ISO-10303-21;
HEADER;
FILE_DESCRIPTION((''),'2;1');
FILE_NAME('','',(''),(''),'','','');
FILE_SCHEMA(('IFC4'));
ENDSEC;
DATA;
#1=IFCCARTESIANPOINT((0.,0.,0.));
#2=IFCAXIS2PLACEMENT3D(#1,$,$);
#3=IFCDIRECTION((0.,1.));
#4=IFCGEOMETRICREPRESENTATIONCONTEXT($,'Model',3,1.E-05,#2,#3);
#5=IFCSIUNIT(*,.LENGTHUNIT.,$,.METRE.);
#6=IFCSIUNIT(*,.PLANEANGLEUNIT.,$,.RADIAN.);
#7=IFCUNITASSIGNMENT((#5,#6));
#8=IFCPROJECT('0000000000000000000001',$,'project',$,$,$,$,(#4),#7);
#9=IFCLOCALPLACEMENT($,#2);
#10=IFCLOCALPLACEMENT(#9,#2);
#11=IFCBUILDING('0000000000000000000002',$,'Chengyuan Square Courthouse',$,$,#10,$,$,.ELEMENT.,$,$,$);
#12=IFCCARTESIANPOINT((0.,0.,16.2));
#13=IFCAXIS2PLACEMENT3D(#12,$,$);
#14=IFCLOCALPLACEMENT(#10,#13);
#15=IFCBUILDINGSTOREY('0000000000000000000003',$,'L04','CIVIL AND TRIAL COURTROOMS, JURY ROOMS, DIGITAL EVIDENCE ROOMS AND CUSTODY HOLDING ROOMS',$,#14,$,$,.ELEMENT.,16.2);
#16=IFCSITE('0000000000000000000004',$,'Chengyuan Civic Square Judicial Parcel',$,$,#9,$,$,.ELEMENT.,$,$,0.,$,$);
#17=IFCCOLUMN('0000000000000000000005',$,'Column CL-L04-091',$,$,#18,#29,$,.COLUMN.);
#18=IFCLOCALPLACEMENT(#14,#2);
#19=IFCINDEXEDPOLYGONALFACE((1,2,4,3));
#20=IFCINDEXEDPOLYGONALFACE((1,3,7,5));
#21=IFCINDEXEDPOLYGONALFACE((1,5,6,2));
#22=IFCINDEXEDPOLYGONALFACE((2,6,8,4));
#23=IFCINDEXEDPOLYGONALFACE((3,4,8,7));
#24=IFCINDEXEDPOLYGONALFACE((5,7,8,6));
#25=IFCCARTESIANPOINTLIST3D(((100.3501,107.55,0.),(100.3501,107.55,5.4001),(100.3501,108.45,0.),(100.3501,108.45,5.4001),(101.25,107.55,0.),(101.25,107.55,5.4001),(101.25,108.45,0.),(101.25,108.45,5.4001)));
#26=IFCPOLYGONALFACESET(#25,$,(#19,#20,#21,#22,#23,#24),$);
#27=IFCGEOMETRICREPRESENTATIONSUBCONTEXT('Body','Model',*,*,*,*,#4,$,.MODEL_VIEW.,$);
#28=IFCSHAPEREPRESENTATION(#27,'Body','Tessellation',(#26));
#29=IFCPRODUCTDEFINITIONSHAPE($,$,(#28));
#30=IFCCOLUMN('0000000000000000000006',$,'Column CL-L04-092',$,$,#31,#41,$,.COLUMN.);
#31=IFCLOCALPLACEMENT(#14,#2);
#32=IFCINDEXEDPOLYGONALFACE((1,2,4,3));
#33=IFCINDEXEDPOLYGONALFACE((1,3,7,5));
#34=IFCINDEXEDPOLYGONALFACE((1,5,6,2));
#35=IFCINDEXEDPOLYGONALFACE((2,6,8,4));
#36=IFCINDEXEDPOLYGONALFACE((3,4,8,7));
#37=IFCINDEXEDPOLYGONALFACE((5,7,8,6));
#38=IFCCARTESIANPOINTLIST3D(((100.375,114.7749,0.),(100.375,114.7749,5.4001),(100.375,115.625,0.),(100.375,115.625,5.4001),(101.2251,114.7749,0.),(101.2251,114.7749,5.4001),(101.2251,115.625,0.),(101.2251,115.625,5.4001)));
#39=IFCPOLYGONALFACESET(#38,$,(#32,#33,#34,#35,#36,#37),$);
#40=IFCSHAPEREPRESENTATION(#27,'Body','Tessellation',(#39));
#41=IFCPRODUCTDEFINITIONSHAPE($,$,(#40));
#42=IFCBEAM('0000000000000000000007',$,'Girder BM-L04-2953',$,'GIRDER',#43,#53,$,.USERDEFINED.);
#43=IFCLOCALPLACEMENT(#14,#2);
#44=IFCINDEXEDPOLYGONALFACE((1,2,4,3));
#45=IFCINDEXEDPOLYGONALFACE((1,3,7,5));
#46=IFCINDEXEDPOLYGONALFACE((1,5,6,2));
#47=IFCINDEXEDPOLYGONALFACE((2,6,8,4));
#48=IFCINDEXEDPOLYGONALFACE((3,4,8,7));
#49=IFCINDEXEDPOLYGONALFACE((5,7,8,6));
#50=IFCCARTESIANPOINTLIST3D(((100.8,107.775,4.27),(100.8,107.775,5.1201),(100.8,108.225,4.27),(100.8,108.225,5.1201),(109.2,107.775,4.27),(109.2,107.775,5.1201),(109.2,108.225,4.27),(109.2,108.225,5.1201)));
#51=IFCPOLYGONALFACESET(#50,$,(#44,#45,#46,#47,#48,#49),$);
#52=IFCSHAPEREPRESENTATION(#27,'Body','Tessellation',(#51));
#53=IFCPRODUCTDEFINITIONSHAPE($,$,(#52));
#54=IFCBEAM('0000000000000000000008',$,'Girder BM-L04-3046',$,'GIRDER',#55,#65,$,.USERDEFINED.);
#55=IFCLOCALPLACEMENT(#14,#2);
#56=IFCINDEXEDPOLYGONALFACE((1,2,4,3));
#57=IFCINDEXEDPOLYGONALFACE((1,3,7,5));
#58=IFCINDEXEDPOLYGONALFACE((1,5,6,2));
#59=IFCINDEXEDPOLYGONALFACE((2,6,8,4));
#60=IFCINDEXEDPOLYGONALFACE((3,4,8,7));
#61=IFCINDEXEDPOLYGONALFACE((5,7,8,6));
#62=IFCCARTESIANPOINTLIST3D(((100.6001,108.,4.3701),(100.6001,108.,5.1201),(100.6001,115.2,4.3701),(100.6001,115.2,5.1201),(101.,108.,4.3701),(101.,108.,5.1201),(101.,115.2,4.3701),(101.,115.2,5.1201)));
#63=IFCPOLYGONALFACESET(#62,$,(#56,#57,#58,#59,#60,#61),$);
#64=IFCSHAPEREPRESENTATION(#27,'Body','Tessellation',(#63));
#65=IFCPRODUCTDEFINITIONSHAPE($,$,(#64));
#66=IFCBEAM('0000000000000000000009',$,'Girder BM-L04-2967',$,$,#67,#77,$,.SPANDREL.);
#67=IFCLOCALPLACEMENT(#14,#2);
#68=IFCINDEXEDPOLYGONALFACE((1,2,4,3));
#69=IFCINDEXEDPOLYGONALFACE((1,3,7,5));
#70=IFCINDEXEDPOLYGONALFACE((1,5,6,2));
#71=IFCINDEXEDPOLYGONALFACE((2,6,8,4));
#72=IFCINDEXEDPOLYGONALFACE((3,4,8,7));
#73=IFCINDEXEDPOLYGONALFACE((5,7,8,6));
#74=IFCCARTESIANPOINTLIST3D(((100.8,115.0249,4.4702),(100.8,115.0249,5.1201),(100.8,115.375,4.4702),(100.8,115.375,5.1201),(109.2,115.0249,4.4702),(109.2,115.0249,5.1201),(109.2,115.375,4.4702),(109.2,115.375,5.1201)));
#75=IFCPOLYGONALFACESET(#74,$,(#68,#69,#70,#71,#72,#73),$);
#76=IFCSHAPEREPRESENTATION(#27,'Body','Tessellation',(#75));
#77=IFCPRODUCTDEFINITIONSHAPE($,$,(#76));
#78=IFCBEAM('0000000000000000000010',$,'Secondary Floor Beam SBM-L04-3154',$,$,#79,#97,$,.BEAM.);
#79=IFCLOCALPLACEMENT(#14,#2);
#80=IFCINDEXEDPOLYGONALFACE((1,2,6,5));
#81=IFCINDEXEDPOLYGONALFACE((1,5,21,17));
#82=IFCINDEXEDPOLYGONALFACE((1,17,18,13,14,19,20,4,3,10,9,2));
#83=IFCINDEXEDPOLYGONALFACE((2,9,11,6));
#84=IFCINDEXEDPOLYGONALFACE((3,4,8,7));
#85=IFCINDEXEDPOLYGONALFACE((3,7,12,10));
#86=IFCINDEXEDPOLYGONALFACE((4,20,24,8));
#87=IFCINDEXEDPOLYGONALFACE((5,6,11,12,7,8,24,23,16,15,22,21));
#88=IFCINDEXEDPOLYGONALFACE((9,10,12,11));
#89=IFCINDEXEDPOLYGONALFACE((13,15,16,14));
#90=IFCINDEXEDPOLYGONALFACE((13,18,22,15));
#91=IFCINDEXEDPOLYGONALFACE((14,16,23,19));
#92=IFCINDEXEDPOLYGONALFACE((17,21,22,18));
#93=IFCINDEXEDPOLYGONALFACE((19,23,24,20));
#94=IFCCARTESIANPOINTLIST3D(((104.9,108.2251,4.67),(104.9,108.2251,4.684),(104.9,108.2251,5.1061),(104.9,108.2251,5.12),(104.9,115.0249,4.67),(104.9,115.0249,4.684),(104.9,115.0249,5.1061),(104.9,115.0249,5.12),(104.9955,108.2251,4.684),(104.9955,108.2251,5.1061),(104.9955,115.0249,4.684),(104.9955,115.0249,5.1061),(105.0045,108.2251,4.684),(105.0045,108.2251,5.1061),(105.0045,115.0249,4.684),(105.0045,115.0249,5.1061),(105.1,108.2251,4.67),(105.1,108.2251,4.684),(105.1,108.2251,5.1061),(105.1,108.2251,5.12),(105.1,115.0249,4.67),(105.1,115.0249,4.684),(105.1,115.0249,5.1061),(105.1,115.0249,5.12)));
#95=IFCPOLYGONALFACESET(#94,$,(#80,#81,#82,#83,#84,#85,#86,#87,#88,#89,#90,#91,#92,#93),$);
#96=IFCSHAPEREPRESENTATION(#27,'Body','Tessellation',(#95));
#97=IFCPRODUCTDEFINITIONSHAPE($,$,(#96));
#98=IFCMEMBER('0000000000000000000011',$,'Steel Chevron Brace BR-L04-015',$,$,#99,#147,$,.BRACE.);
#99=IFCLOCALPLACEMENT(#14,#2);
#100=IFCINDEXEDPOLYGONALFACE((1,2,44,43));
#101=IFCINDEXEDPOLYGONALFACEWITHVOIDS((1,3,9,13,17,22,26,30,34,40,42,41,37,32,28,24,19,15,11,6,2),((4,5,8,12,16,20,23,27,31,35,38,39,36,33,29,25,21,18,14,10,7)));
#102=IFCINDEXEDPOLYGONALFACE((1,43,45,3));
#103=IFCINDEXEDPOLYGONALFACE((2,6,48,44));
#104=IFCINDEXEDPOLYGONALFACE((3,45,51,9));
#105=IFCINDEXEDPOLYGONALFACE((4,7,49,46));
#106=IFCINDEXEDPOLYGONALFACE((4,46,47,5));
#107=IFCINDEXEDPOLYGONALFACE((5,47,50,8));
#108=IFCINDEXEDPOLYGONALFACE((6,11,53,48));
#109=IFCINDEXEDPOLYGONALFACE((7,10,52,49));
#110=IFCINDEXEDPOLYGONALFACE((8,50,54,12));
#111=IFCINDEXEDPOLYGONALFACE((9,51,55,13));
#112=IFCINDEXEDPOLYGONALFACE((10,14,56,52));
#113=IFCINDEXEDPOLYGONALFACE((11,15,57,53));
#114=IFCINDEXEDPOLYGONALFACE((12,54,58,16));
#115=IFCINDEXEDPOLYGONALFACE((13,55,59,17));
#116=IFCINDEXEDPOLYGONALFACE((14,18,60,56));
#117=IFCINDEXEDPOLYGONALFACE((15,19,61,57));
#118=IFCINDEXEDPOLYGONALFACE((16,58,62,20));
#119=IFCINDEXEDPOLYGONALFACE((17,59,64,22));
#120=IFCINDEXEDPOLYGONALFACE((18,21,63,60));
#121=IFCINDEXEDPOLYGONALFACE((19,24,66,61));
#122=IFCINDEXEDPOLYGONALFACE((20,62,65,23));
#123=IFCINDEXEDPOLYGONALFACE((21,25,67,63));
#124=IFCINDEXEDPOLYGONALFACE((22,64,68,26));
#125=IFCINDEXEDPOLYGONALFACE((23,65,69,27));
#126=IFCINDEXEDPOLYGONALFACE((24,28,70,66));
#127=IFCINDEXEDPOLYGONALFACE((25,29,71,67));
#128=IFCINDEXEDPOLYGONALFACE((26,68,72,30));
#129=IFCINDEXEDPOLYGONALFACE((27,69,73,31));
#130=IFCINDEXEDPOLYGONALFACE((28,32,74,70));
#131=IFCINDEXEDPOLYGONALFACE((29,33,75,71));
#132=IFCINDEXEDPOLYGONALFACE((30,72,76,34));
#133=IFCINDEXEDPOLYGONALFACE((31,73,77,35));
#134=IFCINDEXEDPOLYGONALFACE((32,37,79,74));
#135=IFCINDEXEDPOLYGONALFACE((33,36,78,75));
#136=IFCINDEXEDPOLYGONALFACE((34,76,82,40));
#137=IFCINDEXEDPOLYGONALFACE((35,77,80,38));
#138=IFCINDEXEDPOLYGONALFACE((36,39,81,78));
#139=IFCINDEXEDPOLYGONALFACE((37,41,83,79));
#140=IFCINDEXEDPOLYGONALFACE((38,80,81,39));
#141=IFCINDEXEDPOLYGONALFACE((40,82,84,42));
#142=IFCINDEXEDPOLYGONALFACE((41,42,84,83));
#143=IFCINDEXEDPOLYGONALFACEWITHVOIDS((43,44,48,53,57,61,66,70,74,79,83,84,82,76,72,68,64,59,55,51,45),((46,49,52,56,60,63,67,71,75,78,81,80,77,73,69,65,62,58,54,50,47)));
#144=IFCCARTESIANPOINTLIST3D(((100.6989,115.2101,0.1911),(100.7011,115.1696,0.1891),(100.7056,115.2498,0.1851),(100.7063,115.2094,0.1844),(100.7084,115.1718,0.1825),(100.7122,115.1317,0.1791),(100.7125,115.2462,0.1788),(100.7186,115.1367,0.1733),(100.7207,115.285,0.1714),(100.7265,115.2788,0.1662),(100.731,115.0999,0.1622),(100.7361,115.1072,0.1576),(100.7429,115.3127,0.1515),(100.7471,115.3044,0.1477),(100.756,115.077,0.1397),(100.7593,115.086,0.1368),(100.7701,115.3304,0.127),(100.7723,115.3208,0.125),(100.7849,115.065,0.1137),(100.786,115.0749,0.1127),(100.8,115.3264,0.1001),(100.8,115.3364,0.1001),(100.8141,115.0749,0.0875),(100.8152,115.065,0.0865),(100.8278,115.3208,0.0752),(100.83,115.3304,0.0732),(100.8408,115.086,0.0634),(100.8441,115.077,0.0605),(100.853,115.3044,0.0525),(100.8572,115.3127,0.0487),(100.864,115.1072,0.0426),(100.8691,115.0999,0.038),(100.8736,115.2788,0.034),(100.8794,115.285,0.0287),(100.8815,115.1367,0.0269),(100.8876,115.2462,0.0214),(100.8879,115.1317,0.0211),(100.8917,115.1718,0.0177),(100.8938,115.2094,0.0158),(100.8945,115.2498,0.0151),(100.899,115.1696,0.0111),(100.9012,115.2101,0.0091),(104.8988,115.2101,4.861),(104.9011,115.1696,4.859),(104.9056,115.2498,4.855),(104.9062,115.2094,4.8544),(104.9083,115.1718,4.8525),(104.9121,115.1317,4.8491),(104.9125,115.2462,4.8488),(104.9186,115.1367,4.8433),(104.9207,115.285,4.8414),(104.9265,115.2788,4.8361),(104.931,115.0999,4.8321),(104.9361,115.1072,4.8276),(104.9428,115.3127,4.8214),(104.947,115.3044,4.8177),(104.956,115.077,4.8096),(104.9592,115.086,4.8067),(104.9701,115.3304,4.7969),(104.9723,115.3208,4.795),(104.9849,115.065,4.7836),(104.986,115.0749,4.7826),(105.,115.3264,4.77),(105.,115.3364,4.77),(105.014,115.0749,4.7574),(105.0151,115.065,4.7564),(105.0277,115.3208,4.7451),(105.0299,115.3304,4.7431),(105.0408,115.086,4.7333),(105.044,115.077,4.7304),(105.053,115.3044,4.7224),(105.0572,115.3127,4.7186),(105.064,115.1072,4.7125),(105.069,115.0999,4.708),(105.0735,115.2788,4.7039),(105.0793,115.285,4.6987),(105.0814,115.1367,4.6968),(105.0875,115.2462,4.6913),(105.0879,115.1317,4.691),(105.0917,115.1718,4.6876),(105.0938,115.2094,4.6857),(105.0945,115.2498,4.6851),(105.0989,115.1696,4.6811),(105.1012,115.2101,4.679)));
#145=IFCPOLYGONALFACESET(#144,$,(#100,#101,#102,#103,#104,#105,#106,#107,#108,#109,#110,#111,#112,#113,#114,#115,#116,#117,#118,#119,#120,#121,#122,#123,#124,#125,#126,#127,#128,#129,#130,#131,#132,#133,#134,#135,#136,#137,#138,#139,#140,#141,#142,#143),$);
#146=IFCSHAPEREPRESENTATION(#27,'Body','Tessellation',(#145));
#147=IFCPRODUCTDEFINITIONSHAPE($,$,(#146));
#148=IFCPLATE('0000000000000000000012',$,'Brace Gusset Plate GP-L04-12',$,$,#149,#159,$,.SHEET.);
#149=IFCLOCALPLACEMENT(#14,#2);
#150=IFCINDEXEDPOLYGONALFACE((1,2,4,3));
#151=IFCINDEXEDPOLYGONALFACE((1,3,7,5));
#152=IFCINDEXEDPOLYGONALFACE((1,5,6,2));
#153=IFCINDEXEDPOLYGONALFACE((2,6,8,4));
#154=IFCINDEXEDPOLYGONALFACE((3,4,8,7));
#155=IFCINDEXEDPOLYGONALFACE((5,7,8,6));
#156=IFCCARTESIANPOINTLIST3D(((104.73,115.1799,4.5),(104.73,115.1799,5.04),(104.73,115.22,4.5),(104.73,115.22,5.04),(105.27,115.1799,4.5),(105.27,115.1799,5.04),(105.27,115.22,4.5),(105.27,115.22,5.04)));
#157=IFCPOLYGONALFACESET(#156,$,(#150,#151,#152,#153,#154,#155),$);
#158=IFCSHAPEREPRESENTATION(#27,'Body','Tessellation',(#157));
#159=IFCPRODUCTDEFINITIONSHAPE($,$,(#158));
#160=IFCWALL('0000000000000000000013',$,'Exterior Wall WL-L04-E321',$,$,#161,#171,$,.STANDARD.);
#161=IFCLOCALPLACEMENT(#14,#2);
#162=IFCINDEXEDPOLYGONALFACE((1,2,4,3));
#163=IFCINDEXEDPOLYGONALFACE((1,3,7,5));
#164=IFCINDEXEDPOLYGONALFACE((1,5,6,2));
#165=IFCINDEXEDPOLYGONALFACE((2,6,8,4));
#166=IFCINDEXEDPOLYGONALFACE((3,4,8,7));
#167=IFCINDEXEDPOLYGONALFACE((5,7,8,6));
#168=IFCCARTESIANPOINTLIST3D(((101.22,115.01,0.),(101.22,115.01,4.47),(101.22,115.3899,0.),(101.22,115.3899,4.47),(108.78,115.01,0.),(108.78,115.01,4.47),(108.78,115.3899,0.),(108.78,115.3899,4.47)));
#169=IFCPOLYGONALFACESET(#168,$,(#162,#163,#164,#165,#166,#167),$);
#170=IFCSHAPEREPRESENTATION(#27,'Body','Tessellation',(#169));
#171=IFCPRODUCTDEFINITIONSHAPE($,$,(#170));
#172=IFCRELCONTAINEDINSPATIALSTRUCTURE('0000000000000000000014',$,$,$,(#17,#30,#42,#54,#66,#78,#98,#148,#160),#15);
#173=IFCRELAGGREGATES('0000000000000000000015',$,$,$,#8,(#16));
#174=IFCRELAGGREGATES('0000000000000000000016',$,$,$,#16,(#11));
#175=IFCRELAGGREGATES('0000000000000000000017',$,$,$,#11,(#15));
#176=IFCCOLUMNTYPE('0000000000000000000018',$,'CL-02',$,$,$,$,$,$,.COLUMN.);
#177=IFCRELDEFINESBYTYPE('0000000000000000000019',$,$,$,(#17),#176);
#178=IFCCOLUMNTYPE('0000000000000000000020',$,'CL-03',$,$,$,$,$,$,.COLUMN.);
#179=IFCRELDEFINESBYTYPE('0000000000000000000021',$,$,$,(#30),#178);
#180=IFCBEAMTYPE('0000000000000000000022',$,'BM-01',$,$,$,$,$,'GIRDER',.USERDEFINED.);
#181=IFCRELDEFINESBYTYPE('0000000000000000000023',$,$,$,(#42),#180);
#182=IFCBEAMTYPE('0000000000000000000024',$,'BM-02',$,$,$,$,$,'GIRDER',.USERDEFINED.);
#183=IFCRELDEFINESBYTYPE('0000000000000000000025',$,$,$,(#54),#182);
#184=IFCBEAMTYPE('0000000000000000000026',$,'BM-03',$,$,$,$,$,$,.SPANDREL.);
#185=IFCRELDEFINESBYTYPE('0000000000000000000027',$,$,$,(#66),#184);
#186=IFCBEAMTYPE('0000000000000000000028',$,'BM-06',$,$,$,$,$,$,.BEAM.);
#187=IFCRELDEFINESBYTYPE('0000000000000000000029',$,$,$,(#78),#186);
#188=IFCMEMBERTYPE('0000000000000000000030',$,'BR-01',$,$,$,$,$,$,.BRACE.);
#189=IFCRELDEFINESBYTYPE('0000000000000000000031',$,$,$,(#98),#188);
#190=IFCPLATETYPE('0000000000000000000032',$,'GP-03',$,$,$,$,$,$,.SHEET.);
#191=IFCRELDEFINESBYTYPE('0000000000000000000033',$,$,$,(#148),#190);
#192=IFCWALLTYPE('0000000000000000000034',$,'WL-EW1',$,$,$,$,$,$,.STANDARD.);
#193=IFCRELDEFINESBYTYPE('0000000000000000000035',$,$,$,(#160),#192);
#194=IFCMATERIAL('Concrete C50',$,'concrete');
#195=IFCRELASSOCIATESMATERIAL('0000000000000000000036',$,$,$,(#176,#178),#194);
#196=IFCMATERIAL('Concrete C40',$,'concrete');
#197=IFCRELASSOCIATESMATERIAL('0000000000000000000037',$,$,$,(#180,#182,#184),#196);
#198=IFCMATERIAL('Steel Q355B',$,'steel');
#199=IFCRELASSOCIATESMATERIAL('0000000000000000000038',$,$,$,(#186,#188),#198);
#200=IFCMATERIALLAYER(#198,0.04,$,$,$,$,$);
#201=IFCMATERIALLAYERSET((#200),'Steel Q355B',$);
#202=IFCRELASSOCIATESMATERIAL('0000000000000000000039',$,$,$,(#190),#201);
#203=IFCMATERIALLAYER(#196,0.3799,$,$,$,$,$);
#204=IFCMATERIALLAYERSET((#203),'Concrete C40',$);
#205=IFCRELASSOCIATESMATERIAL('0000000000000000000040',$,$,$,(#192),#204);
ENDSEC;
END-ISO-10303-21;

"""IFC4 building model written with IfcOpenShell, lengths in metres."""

from ifc_helpers import new_model, si_unit, direction, frame, frame_2d, origin, origin_2d, place, context, subcontext, project, spatial, rectangle, hollow_circle, i_section, extrude, material, layer, layer_set, material_profile, profile_set, type_object, element, save


model = new_model("IFC4")

# Units and contexts
model_context = context("Model", 3, precision=1e-05, world=origin(), true_north=direction((0.0, 1.0)))
body_context = subcontext(model_context, "Body", "Model", "MODEL_VIEW")
ifc_project = project(units=[si_unit("LENGTHUNIT", "METRE"), si_unit("PLANEANGLEUNIT", "RADIAN")], contexts=[model_context])

# Site, building, storey
site_placement = place(None, origin())
site = spatial("IfcSite", under=ifc_project, at=site_placement, Name="Chengyuan Civic Square Judicial Parcel", CompositionType="ELEMENT", RefElevation=0.0)
building_placement = place(site_placement, origin())
building = spatial("IfcBuilding", under=site, at=building_placement, Name="Chengyuan Square Courthouse", CompositionType="ELEMENT")
storey_placement = place(building_placement, frame((0.0, 0.0, 16.2)))
storey = spatial("IfcBuildingStorey", under=building, at=storey_placement, Name="L04", Description="CIVIL AND TRIAL COURTROOMS, JURY ROOMS, DIGITAL EVIDENCE ROOMS AND CUSTODY HOLDING ROOMS", CompositionType="ELEMENT", Elevation=16.2)

# Columns
ifc_material_1 = material(Name="Concrete C50", Category="concrete")
ifc_material_profile_1 = material_profile(ifc_material_1, rectangle(XDim=0.8999, YDim=0.8999, at=origin_2d()), Name="RC-COL-900x900")
ifc_profile_set_1 = profile_set([ifc_material_profile_1], Name="Concrete C50")
column_type_1 = type_object("IfcColumnType", Name="CL-02", PredefinedType="COLUMN", material=ifc_profile_set_1)
column_1_placement = place(storey_placement, frame((100.8, 108.0, 0.0), z_axis=(0.0, 0.0, 1.0), x_axis=(1.0, 0.0, 0.0)))
element("IfcColumn", 1, at=column_1_placement, inside=storey, type_object=column_type_1, Name="Column CL-L04-091", PredefinedType="COLUMN", context=body_context, shape_type="SweptSolid", body=[
    extrude(rectangle(XDim=0.8999, YDim=0.8999, at=origin_2d()), origin(), (0.0, 0.0, 1.0), 5.4001),
])
ifc_material_profile_2 = material_profile(ifc_material_1, rectangle(XDim=0.8501, YDim=0.8501, at=origin_2d()), Name="RC-COL-850x850")
ifc_profile_set_2 = profile_set([ifc_material_profile_2], Name="Concrete C50")
column_type_2 = type_object("IfcColumnType", Name="CL-03", PredefinedType="COLUMN", material=ifc_profile_set_2)
column_2_placement = place(storey_placement, frame((100.8, 115.2, 0.0), z_axis=(0.0, 0.0, 1.0), x_axis=(1.0, 0.0, 0.0)))
element("IfcColumn", 2, at=column_2_placement, inside=storey, type_object=column_type_2, Name="Column CL-L04-092", PredefinedType="COLUMN", context=body_context, shape_type="SweptSolid", body=[
    extrude(rectangle(XDim=0.8501, YDim=0.8501, at=origin_2d()), origin(), (0.0, 0.0, 1.0), 5.4001),
])

# Beams
ifc_material_2 = material(Name="Concrete C40", Category="concrete")
ifc_material_profile_3 = material_profile(ifc_material_2, rectangle(XDim=0.45, YDim=0.8501, at=origin_2d()), Name="RC-BM-450x850")
ifc_profile_set_3 = profile_set([ifc_material_profile_3], Name="Concrete C40")
beam_type_1 = type_object("IfcBeamType", Name="BM-01", ElementType="GIRDER", PredefinedType="USERDEFINED", material=ifc_profile_set_3)
beam_1_placement = place(storey_placement, frame((100.8, 108.0, 4.6951), z_axis=(1.0, 0.0, 0.0), x_axis=(0.0, 1.0, 0.0)))
element("IfcBeam", 3, at=beam_1_placement, inside=storey, type_object=beam_type_1, Name="Girder BM-L04-2953", ObjectType="GIRDER", PredefinedType="USERDEFINED", context=body_context, shape_type="SweptSolid", body=[
    extrude(rectangle(XDim=0.45, YDim=0.8501, at=origin_2d()), origin(), (0.0, 0.0, 1.0), 8.3999),
])
ifc_material_profile_4 = material_profile(ifc_material_2, rectangle(XDim=0.3999, YDim=0.75, at=origin_2d()), Name="RC-BM-400x750")
ifc_profile_set_4 = profile_set([ifc_material_profile_4], Name="Concrete C40")
beam_type_2 = type_object("IfcBeamType", Name="BM-02", ElementType="GIRDER", PredefinedType="USERDEFINED", material=ifc_profile_set_4)
beam_2_placement = place(storey_placement, frame((100.8, 108.0, 4.7451), z_axis=(0.0, 1.0, 0.0), x_axis=(-1.0, 0.0, 0.0)))
element("IfcBeam", 4, at=beam_2_placement, inside=storey, type_object=beam_type_2, Name="Girder BM-L04-3046", ObjectType="GIRDER", PredefinedType="USERDEFINED", context=body_context, shape_type="SweptSolid", body=[
    extrude(rectangle(XDim=0.3999, YDim=0.75, at=origin_2d()), origin(), (0.0, 0.0, 1.0), 7.2),
])
ifc_material_profile_5 = material_profile(ifc_material_2, rectangle(XDim=0.3501, YDim=0.6499, at=origin_2d()), Name="RC-BM-350x650")
ifc_profile_set_5 = profile_set([ifc_material_profile_5], Name="Concrete C40")
beam_type_3 = type_object("IfcBeamType", Name="BM-03", PredefinedType="SPANDREL", material=ifc_profile_set_5)
beam_3_placement = place(storey_placement, frame((100.8, 115.2, 4.7952), z_axis=(1.0, 0.0, 0.0), x_axis=(0.0, 1.0, 0.0)))
element("IfcBeam", 5, at=beam_3_placement, inside=storey, type_object=beam_type_3, Name="Girder BM-L04-2967", PredefinedType="SPANDREL", context=body_context, shape_type="SweptSolid", body=[
    extrude(rectangle(XDim=0.3501, YDim=0.6499, at=origin_2d()), origin(), (0.0, 0.0, 1.0), 8.3999),
])
ifc_material_3 = material(Name="Steel Q355B", Category="steel")
ifc_material_profile_6 = material_profile(ifc_material_3, i_section(OverallWidth=0.2, OverallDepth=0.45, WebThickness=0.009, FlangeThickness=0.0139, at=origin_2d()), Name="HN 450x200x9x14")
ifc_profile_set_6 = profile_set([ifc_material_profile_6], Name="Steel Q355B")
beam_type_4 = type_object("IfcBeamType", Name="BM-06", PredefinedType="BEAM", material=ifc_profile_set_6)
beam_4_placement = place(storey_placement, frame((105.0, 108.2251, 4.895), z_axis=(0.0, 1.0, 0.0), x_axis=(-1.0, 0.0, 0.0)))
element("IfcBeam", 6, at=beam_4_placement, inside=storey, type_object=beam_type_4, Name="Secondary Floor Beam SBM-L04-3154", PredefinedType="BEAM", context=body_context, shape_type="SweptSolid", body=[
    extrude(i_section(OverallWidth=0.2, OverallDepth=0.45, WebThickness=0.009, FlangeThickness=0.0139, at=origin_2d()), origin(), (0.0, 0.0, 1.0), 6.7998),
])

# Member
ifc_material_profile_7 = material_profile(ifc_material_3, hollow_circle(Radius=0.1365, WallThickness=0.01, at=origin_2d()), Name="CHS 273x10")
ifc_profile_set_7 = profile_set([ifc_material_profile_7], Name="Steel Q355B")
member_type = type_object("IfcMemberType", Name="BR-01", PredefinedType="BRACE", material=ifc_profile_set_7)
member_placement = place(storey_placement, frame((100.8, 115.2, 0.1001), z_axis=(0.668703, 0.0, 0.74353), x_axis=(0.0, 1.0, 0.0)))
element("IfcMember", 7, at=member_placement, inside=storey, type_object=member_type, Name="Steel Chevron Brace BR-L04-015", PredefinedType="BRACE", context=body_context, shape_type="SweptSolid", body=[
    extrude(hollow_circle(Radius=0.1365, WallThickness=0.01, at=origin_2d()), origin(), (0.0, 0.0, 1.0), 6.2808),
])

# Plate
ifc_layer_1 = layer(ifc_material_3, 0.04)
ifc_layer_set_1 = layer_set([ifc_layer_1], Name="Steel Q355B")
plate_type = type_object("IfcPlateType", Name="GP-03", PredefinedType="SHEET", material=ifc_layer_set_1)
plate_placement = place(storey_placement, frame((105.0, 115.2, 4.5), z_axis=(0.0, 0.0, 1.0), x_axis=(1.0, 0.0, 0.0)))
element("IfcPlate", 8, at=plate_placement, inside=storey, type_object=plate_type, Name="Brace Gusset Plate GP-L04-12", PredefinedType="SHEET", context=body_context, shape_type="SweptSolid", body=[
    extrude(rectangle(XDim=0.54, YDim=0.04, at=origin_2d()), origin(), (0.0, 0.0, 1.0), 0.54),
])

# Wall
ifc_layer_2 = layer(ifc_material_2, 0.3799)
ifc_layer_set_2 = layer_set([ifc_layer_2], Name="Concrete C40")
wall_type_1 = type_object("IfcWallType", Name="WL-EW1", PredefinedType="STANDARD", material=ifc_layer_set_2)
wall_1_placement = place(storey_placement, frame((101.22, 115.2, 0.0), z_axis=(0.0, 0.0, 1.0), x_axis=(1.0, 0.0, 0.0)))
element("IfcWall", 9, at=wall_1_placement, inside=storey, type_object=wall_type_1, Name="Exterior Wall WL-L04-E321", PredefinedType="STANDARD", context=body_context, shape_type="SweptSolid", body=[
    extrude(rectangle(XDim=7.5601, YDim=0.3799, at=frame_2d((3.78, 0.0))), origin(), (0.0, 0.0, 1.0), 4.47),
])

save(model, "model.ifc")
